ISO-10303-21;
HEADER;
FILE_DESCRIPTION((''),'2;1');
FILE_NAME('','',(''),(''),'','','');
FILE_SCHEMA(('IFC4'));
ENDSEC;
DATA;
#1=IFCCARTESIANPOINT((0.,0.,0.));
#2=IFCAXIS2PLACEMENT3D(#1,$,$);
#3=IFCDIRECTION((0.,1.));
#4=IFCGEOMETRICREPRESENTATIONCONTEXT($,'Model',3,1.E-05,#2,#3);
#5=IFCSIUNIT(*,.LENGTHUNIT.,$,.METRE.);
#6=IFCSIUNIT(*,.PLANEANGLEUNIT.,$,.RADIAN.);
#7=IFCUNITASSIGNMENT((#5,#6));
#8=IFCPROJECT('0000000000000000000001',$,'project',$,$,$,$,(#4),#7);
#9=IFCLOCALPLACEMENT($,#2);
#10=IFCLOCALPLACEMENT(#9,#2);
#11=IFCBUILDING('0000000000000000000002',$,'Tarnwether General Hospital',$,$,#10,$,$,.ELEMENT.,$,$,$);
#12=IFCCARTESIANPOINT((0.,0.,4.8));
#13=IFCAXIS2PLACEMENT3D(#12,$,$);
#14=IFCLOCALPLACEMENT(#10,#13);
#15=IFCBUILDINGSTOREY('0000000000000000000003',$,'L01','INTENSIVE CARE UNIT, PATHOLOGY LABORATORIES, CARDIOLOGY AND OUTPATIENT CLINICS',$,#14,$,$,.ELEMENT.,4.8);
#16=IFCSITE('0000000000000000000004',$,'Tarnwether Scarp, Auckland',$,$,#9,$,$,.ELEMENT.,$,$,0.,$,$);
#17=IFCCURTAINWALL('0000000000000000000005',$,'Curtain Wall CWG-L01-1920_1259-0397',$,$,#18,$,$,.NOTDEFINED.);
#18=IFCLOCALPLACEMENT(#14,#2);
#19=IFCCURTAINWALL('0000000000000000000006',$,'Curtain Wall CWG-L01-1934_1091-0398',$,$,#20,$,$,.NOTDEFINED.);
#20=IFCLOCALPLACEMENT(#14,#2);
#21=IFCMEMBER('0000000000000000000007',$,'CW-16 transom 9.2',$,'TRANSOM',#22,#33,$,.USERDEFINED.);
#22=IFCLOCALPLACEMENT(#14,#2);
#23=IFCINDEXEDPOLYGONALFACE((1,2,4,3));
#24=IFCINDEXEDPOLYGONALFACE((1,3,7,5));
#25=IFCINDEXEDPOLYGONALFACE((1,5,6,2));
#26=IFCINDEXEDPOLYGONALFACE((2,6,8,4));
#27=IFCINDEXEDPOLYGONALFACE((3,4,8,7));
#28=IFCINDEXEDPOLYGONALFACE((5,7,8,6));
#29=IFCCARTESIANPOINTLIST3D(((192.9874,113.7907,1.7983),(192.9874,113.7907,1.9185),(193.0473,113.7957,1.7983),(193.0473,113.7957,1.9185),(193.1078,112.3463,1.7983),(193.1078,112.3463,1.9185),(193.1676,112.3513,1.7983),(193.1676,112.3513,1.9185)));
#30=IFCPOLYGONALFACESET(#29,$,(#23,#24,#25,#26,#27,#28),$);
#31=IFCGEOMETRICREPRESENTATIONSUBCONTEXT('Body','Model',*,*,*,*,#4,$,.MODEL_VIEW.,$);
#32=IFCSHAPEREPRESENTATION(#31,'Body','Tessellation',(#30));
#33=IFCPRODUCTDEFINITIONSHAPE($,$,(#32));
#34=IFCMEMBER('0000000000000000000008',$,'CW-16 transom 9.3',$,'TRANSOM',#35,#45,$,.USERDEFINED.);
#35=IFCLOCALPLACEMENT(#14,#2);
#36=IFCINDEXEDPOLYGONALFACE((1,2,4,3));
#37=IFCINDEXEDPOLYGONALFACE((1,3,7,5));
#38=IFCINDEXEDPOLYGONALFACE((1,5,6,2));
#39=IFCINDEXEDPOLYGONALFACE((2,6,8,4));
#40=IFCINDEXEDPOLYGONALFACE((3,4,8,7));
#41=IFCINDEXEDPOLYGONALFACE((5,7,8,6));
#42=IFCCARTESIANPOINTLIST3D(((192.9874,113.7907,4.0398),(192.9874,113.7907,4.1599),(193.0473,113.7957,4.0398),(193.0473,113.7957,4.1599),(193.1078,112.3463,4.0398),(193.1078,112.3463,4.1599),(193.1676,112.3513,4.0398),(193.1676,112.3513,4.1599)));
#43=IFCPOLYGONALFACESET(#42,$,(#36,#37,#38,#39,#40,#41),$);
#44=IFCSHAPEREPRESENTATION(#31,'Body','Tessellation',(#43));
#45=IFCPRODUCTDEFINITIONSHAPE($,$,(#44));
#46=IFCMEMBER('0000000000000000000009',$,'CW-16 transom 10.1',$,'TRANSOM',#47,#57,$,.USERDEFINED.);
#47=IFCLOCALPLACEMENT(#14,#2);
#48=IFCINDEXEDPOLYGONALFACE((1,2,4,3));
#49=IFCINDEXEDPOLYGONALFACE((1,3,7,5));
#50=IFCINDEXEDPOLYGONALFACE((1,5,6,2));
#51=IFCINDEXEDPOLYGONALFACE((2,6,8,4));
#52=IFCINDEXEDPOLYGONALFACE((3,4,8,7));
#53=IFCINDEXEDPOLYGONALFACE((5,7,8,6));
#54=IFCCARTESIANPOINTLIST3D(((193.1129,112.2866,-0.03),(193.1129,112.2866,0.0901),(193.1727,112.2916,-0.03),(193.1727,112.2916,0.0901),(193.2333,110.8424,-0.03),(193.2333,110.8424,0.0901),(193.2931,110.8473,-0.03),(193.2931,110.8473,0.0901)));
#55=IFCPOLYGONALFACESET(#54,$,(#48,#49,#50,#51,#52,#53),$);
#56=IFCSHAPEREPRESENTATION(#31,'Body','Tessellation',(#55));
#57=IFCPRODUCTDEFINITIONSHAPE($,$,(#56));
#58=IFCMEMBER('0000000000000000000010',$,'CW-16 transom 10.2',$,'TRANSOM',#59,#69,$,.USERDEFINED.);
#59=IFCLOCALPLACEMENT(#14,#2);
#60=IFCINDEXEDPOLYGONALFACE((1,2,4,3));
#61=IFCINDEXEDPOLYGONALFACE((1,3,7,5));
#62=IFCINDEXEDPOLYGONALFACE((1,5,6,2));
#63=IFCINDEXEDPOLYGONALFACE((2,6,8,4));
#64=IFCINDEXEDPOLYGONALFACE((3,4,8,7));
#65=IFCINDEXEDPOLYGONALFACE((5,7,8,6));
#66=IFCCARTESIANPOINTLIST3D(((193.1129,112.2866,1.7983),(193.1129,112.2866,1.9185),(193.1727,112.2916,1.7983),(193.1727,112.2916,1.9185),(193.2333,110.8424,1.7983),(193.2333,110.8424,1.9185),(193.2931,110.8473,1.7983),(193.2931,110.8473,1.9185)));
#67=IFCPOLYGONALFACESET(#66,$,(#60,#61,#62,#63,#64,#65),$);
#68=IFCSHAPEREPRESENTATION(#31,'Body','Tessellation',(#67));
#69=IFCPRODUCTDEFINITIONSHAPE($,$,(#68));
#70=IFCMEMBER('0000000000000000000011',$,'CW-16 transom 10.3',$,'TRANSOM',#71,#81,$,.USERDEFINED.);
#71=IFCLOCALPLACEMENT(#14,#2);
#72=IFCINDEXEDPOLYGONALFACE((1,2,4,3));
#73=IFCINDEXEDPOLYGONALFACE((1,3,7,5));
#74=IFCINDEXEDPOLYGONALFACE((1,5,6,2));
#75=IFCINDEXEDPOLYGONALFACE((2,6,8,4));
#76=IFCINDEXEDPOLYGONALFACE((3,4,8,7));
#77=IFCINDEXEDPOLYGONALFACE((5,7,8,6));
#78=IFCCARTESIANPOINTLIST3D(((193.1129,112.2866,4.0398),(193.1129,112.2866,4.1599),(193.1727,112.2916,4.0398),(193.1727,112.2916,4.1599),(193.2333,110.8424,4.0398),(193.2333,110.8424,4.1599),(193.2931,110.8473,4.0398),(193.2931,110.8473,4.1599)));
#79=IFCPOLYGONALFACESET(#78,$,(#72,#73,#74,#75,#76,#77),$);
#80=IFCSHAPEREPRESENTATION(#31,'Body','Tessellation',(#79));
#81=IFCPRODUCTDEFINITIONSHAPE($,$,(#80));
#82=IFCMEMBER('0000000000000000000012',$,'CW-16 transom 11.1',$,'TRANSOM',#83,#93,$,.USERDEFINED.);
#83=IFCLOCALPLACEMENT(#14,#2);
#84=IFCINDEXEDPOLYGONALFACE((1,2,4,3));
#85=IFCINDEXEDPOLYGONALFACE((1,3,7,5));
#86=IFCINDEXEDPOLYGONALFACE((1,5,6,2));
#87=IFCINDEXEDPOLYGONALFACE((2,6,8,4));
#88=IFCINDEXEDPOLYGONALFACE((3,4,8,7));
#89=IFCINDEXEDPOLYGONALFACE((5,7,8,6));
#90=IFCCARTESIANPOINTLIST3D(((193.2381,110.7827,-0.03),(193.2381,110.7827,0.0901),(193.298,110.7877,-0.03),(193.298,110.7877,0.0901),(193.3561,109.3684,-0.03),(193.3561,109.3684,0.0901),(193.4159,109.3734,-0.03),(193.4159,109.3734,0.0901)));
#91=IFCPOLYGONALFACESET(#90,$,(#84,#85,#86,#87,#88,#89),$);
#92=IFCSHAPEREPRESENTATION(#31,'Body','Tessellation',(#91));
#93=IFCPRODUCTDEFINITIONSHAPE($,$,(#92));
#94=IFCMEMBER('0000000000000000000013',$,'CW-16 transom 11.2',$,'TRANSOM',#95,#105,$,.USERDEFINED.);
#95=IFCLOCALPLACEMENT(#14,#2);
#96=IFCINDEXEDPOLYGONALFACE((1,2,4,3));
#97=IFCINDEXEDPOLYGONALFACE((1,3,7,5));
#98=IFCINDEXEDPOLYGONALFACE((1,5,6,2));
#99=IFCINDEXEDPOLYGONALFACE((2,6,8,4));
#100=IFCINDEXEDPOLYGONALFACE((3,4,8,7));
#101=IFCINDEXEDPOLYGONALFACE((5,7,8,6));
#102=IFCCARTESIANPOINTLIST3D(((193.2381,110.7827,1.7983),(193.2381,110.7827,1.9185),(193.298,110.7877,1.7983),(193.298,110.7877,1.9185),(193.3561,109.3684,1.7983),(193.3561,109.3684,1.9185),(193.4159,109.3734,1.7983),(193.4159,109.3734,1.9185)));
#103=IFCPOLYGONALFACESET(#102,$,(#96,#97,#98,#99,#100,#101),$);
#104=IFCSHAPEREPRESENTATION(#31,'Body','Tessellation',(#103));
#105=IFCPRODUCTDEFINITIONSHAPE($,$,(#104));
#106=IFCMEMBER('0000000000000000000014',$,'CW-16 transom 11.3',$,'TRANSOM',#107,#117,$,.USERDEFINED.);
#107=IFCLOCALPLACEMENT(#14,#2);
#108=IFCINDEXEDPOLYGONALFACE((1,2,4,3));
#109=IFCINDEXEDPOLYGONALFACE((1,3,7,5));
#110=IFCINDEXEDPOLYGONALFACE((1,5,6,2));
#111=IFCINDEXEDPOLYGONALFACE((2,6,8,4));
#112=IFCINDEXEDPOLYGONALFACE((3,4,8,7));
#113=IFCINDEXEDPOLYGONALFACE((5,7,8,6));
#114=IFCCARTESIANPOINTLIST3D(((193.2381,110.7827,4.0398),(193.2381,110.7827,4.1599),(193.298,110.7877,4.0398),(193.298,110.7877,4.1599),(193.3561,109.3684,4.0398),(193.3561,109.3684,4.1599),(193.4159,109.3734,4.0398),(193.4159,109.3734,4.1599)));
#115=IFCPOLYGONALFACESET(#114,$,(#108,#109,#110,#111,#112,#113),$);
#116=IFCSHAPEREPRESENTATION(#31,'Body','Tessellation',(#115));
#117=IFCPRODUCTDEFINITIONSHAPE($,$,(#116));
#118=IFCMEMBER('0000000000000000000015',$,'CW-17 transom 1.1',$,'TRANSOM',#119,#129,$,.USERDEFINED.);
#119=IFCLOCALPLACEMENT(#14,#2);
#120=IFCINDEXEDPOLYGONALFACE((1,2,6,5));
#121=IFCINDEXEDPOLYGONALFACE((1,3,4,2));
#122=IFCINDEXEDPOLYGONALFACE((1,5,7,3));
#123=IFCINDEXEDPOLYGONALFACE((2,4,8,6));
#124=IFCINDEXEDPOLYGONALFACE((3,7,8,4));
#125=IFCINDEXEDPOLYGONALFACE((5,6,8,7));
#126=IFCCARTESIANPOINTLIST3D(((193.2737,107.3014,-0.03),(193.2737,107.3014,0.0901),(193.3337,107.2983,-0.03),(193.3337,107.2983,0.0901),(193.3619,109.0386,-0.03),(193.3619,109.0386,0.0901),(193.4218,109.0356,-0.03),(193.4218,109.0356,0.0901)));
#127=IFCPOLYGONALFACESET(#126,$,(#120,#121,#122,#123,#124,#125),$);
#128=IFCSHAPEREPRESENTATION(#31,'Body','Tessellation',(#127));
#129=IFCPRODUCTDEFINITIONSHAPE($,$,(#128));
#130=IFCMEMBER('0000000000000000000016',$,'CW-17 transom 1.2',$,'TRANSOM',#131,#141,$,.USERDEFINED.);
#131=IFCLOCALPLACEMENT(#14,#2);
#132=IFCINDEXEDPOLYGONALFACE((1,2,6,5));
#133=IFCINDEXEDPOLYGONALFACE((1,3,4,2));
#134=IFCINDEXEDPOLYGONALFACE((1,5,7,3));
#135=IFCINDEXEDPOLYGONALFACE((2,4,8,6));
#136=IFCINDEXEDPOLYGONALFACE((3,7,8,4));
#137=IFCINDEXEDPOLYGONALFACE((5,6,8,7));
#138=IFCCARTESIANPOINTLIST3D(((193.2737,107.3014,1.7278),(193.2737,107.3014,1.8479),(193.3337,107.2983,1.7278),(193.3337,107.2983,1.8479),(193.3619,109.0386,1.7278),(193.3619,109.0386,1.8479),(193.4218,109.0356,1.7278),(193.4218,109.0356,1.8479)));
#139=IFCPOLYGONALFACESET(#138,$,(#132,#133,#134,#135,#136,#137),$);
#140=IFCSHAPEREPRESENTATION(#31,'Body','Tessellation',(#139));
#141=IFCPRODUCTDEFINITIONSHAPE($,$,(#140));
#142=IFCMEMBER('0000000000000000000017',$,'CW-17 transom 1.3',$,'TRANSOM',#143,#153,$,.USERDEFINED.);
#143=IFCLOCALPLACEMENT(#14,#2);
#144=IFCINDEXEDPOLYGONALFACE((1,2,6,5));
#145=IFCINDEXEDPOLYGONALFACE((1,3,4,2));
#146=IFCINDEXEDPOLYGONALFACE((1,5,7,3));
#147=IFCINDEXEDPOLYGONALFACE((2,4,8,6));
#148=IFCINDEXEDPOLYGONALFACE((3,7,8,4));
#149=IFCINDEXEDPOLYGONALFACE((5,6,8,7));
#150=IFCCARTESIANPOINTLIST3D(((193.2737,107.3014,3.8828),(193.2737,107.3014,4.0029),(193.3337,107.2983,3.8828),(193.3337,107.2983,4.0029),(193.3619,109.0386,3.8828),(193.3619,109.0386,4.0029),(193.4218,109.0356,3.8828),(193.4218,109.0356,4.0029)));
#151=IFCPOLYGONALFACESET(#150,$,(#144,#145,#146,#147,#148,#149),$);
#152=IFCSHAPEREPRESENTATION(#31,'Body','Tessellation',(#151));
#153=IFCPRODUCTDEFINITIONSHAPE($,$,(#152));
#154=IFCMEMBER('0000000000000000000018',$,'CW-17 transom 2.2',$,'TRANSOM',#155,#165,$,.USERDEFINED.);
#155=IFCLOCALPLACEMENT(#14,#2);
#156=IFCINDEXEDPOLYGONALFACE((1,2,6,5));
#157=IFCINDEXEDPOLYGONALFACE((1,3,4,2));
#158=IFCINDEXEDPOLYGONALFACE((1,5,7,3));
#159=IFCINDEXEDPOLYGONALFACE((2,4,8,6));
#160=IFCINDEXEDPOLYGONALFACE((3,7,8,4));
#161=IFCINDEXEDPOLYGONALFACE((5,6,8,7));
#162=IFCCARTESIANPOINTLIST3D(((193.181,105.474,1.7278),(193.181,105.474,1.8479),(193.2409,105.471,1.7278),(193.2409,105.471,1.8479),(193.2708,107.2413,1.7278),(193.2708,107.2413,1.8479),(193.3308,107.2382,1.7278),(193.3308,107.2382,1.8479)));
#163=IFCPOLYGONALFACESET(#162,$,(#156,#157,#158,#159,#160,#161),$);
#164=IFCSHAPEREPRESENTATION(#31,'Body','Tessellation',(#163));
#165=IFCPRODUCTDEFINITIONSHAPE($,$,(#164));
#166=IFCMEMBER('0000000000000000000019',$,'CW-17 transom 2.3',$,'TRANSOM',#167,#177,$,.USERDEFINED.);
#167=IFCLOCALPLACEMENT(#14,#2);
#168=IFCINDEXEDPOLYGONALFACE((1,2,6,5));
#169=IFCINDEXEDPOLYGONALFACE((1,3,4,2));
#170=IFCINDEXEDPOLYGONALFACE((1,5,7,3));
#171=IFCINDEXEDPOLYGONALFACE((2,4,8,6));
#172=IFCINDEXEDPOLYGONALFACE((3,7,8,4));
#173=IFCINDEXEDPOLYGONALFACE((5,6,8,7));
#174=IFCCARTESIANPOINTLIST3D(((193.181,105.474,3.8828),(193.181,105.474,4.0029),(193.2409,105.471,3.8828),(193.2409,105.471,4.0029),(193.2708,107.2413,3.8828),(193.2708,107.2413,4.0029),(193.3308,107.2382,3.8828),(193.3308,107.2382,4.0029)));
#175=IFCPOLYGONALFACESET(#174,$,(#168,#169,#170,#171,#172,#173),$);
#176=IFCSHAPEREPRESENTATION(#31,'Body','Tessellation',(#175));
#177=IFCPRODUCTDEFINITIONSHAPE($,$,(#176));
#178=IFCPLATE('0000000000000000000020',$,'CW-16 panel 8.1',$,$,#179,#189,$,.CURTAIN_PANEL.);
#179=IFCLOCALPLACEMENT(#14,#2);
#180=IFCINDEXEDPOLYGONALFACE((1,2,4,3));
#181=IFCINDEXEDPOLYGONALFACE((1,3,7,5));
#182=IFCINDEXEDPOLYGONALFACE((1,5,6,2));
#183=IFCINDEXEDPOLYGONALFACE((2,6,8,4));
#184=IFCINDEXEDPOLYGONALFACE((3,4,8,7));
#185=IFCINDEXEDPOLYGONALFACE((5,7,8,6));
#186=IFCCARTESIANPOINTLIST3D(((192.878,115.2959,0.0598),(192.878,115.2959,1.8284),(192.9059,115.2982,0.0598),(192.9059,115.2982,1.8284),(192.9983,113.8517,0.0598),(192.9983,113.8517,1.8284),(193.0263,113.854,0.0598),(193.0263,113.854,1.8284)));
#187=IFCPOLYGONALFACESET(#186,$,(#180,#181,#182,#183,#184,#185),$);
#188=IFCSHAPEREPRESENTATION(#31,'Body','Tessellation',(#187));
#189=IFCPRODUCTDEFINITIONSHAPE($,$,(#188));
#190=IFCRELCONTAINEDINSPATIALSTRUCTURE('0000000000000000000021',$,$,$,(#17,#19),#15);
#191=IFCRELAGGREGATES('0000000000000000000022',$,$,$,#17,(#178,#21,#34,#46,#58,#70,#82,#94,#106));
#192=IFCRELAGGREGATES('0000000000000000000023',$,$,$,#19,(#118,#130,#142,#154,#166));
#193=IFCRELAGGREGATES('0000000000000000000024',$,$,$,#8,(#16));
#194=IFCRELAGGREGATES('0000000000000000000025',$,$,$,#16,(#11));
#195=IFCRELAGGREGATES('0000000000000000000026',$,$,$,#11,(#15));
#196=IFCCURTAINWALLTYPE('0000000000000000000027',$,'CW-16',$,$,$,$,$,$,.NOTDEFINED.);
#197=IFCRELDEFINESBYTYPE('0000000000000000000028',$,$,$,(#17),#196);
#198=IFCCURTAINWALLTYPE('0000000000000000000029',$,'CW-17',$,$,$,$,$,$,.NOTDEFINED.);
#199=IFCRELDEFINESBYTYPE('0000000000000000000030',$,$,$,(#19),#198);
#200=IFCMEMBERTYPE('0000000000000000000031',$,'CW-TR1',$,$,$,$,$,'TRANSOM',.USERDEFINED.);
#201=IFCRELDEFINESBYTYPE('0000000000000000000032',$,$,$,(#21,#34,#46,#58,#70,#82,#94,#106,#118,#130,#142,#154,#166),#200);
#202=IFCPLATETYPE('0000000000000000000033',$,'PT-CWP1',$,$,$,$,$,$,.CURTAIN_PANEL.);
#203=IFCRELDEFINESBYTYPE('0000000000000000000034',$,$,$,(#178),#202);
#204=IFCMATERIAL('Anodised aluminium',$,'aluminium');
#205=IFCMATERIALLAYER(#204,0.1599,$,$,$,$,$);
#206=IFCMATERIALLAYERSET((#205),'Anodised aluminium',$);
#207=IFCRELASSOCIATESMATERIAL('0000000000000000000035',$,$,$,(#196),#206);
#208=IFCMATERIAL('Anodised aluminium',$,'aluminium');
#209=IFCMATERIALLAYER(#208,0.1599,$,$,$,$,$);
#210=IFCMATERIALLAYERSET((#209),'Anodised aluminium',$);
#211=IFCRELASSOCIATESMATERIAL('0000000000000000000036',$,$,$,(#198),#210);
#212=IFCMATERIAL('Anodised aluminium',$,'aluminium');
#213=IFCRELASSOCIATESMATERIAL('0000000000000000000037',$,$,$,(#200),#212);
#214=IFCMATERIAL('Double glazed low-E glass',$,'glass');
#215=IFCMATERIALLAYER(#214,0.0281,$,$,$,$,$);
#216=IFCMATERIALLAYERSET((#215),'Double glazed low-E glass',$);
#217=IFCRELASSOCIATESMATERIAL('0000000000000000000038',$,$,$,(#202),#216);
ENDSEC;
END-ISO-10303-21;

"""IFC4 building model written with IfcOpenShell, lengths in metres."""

from ifc_helpers import new_model, si_unit, direction, frame, origin, origin_2d, place, context, subcontext, project, spatial, rectangle, extrude, material, layer, layer_set, material_profile, profile_set, type_object, element, aggregate, save


model = new_model("IFC4")

# Units and contexts
model_context = context("Model", 3, precision=1e-05, world=origin(), true_north=direction((0.0, 1.0)))
body_context = subcontext(model_context, "Body", "Model", "MODEL_VIEW")
ifc_project = project(units=[si_unit("LENGTHUNIT", "METRE"), si_unit("PLANEANGLEUNIT", "RADIAN")], contexts=[model_context])

# Site, building, storey
site_placement = place(None, origin())
site = spatial("IfcSite", under=ifc_project, at=site_placement, Name="Tarnwether Scarp, Auckland", CompositionType="ELEMENT", RefElevation=0.0)
building_placement = place(site_placement, origin())
building = spatial("IfcBuilding", under=site, at=building_placement, Name="Tarnwether General Hospital", CompositionType="ELEMENT")
storey_placement = place(building_placement, frame((0.0, 0.0, 4.8)))
storey = spatial("IfcBuildingStorey", under=building, at=storey_placement, Name="L01", Description="INTENSIVE CARE UNIT, PATHOLOGY LABORATORIES, CARDIOLOGY AND OUTPATIENT CLINICS", CompositionType="ELEMENT", Elevation=4.8)

# Curtain walls
ifc_material_1 = material(Name="Anodised aluminium", Category="aluminium")
ifc_layer_1 = layer(ifc_material_1, 0.1599)
ifc_layer_set_1 = layer_set([ifc_layer_1], Name="Anodised aluminium")
curtain_wall_type_1 = type_object("IfcCurtainWallType", Name="CW-16", PredefinedType="NOTDEFINED", material=ifc_layer_set_1)
curtain_wall_1_placement = place(storey_placement, origin())
curtain_wall_1 = element("IfcCurtainWall", 1, at=curtain_wall_1_placement, inside=storey, type_object=curtain_wall_type_1, Name="Curtain Wall CWG-L01-1920_1259-0397", PredefinedType="NOTDEFINED")
ifc_material_2 = material(Name="Anodised aluminium", Category="aluminium")
ifc_layer_2 = layer(ifc_material_2, 0.1599)
ifc_layer_set_2 = layer_set([ifc_layer_2], Name="Anodised aluminium")
curtain_wall_type_2 = type_object("IfcCurtainWallType", Name="CW-17", PredefinedType="NOTDEFINED", material=ifc_layer_set_2)
curtain_wall_2_placement = place(storey_placement, origin())
curtain_wall_2 = element("IfcCurtainWall", 2, at=curtain_wall_2_placement, inside=storey, type_object=curtain_wall_type_2, Name="Curtain Wall CWG-L01-1934_1091-0398", PredefinedType="NOTDEFINED")

# Members
ifc_material_3 = material(Name="Anodised aluminium", Category="aluminium")
ifc_material_profile_1 = material_profile(ifc_material_3, rectangle(XDim=0.0601, YDim=0.1201, at=origin_2d()), Name="ALU-TRN-60x120")
ifc_profile_set_1 = profile_set([ifc_material_profile_1], Name="Anodised aluminium")
member_type_1 = type_object("IfcMemberType", Name="CW-TR1", ElementType="TRANSOM", PredefinedType="USERDEFINED", material=ifc_profile_set_1)
member_1_placement = place(storey_placement, frame((193.0173, 113.7932, 1.8584), z_axis=(0.083045, -0.996546, 0.0), x_axis=(0.996546, 0.083045, 0.0)))
member_1 = element("IfcMember", 3, at=member_1_placement, type_object=member_type_1, Name="CW-16 transom 9.2", ObjectType="TRANSOM", PredefinedType="USERDEFINED", context=body_context, shape_type="SweptSolid", body=[
    extrude(rectangle(XDim=0.0601, YDim=0.1201, at=origin_2d()), origin(), (0.0, 0.0, 1.0), 1.4495),
])
member_2_placement = place(storey_placement, frame((193.0173, 113.7932, 4.0999), z_axis=(0.083045, -0.996546, 0.0), x_axis=(0.996546, 0.083045, 0.0)))
member_2 = element("IfcMember", 4, at=member_2_placement, type_object=member_type_1, Name="CW-16 transom 9.3", ObjectType="TRANSOM", PredefinedType="USERDEFINED", context=body_context, shape_type="SweptSolid", body=[
    extrude(rectangle(XDim=0.0601, YDim=0.1201, at=origin_2d()), origin(), (0.0, 0.0, 1.0), 1.4495),
])
member_3_placement = place(storey_placement, frame((193.1428, 112.2891, 0.03), z_axis=(0.083059, -0.996545, 0.0), x_axis=(0.996545, 0.083059, 0.0)))
member_3 = element("IfcMember", 5, at=member_3_placement, type_object=member_type_1, Name="CW-16 transom 10.1", ObjectType="TRANSOM", PredefinedType="USERDEFINED", context=body_context, shape_type="SweptSolid", body=[
    extrude(rectangle(XDim=0.0601, YDim=0.1201, at=origin_2d()), origin(), (0.0, 0.0, 1.0), 1.4492),
])
member_4_placement = place(storey_placement, frame((193.1428, 112.2891, 1.8584), z_axis=(0.083059, -0.996545, 0.0), x_axis=(0.996545, 0.083059, 0.0)))
member_4 = element("IfcMember", 6, at=member_4_placement, type_object=member_type_1, Name="CW-16 transom 10.2", ObjectType="TRANSOM", PredefinedType="USERDEFINED", context=body_context, shape_type="SweptSolid", body=[
    extrude(rectangle(XDim=0.0601, YDim=0.1201, at=origin_2d()), origin(), (0.0, 0.0, 1.0), 1.4492),
])
member_5_placement = place(storey_placement, frame((193.1428, 112.2891, 4.0999), z_axis=(0.083059, -0.996545, 0.0), x_axis=(0.996545, 0.083059, 0.0)))
member_5 = element("IfcMember", 7, at=member_5_placement, type_object=member_type_1, Name="CW-16 transom 10.3", ObjectType="TRANSOM", PredefinedType="USERDEFINED", context=body_context, shape_type="SweptSolid", body=[
    extrude(rectangle(XDim=0.0601, YDim=0.1201, at=origin_2d()), origin(), (0.0, 0.0, 1.0), 1.4492),
])
member_6_placement = place(storey_placement, frame((193.2681, 110.7852, 0.03), z_axis=(0.083088, -0.996542, 0.0), x_axis=(0.996542, 0.083088, 0.0)))
member_6 = element("IfcMember", 8, at=member_6_placement, type_object=member_type_1, Name="CW-16 transom 11.1", ObjectType="TRANSOM", PredefinedType="USERDEFINED", context=body_context, shape_type="SweptSolid", body=[
    extrude(rectangle(XDim=0.0601, YDim=0.1201, at=origin_2d()), origin(), (0.0, 0.0, 1.0), 1.4192),
])
member_7_placement = place(storey_placement, frame((193.2681, 110.7852, 1.8584), z_axis=(0.083088, -0.996542, 0.0), x_axis=(0.996542, 0.083088, 0.0)))
member_7 = element("IfcMember", 9, at=member_7_placement, type_object=member_type_1, Name="CW-16 transom 11.2", ObjectType="TRANSOM", PredefinedType="USERDEFINED", context=body_context, shape_type="SweptSolid", body=[
    extrude(rectangle(XDim=0.0601, YDim=0.1201, at=origin_2d()), origin(), (0.0, 0.0, 1.0), 1.4192),
])
member_8_placement = place(storey_placement, frame((193.2681, 110.7852, 4.0999), z_axis=(0.083088, -0.996542, 0.0), x_axis=(0.996542, 0.083088, 0.0)))
member_8 = element("IfcMember", 10, at=member_8_placement, type_object=member_type_1, Name="CW-16 transom 11.3", ObjectType="TRANSOM", PredefinedType="USERDEFINED", context=body_context, shape_type="SweptSolid", body=[
    extrude(rectangle(XDim=0.0601, YDim=0.1201, at=origin_2d()), origin(), (0.0, 0.0, 1.0), 1.4192),
])
member_9_placement = place(storey_placement, frame((193.3918, 109.0371, 0.03), z_axis=(-0.050666, -0.998716, 0.0), x_axis=(0.998716, -0.050666, 0.0)))
member_9 = element("IfcMember", 11, at=member_9_placement, type_object=member_type_1, Name="CW-17 transom 1.1", ObjectType="TRANSOM", PredefinedType="USERDEFINED", context=body_context, shape_type="SweptSolid", body=[
    extrude(rectangle(XDim=0.0601, YDim=0.1201, at=origin_2d()), origin(), (0.0, 0.0, 1.0), 1.7395),
])
member_10_placement = place(storey_placement, frame((193.3918, 109.0371, 1.7878), z_axis=(-0.050666, -0.998716, 0.0), x_axis=(0.998716, -0.050666, 0.0)))
member_10 = element("IfcMember", 12, at=member_10_placement, type_object=member_type_1, Name="CW-17 transom 1.2", ObjectType="TRANSOM", PredefinedType="USERDEFINED", context=body_context, shape_type="SweptSolid", body=[
    extrude(rectangle(XDim=0.0601, YDim=0.1201, at=origin_2d()), origin(), (0.0, 0.0, 1.0), 1.7395),
])
member_11_placement = place(storey_placement, frame((193.3918, 109.0371, 3.9429), z_axis=(-0.050666, -0.998716, 0.0), x_axis=(0.998716, -0.050666, 0.0)))
member_11 = element("IfcMember", 13, at=member_11_placement, type_object=member_type_1, Name="CW-17 transom 1.3", ObjectType="TRANSOM", PredefinedType="USERDEFINED", context=body_context, shape_type="SweptSolid", body=[
    extrude(rectangle(XDim=0.0601, YDim=0.1201, at=origin_2d()), origin(), (0.0, 0.0, 1.0), 1.7395),
])
member_12_placement = place(storey_placement, frame((193.3008, 107.2397, 1.7878), z_axis=(-0.05077, -0.99871, 0.0), x_axis=(0.99871, -0.05077, 0.0)))
member_12 = element("IfcMember", 14, at=member_12_placement, type_object=member_type_1, Name="CW-17 transom 2.2", ObjectType="TRANSOM", PredefinedType="USERDEFINED", context=body_context, shape_type="SweptSolid", body=[
    extrude(rectangle(XDim=0.0601, YDim=0.1201, at=origin_2d()), origin(), (0.0, 0.0, 1.0), 1.7695),
])
member_13_placement = place(storey_placement, frame((193.3008, 107.2397, 3.9429), z_axis=(-0.05077, -0.99871, 0.0), x_axis=(0.99871, -0.05077, 0.0)))
member_13 = element("IfcMember", 15, at=member_13_placement, type_object=member_type_1, Name="CW-17 transom 2.3", ObjectType="TRANSOM", PredefinedType="USERDEFINED", context=body_context, shape_type="SweptSolid", body=[
    extrude(rectangle(XDim=0.0601, YDim=0.1201, at=origin_2d()), origin(), (0.0, 0.0, 1.0), 1.7695),
])

# Plate
ifc_material_4 = material(Name="Double glazed low-E glass", Category="glass")
ifc_layer_3 = layer(ifc_material_4, 0.0281)
ifc_layer_set_3 = layer_set([ifc_layer_3], Name="Double glazed low-E glass")
plate_type_1 = type_object("IfcPlateType", Name="PT-CWP1", PredefinedType="CURTAIN_PANEL", material=ifc_layer_set_3)
plate_1_placement = place(storey_placement, frame((192.9521, 114.575, 0.0598), z_axis=(0.0, 0.0, 1.0), x_axis=(0.083065, -0.996544, 0.0)))
plate_1 = element("IfcPlate", 16, at=plate_1_placement, type_object=plate_type_1, Name="CW-16 panel 8.1", PredefinedType="CURTAIN_PANEL", context=body_context, shape_type="SweptSolid", body=[
    extrude(rectangle(XDim=1.4492, YDim=0.0281, at=origin_2d()), origin(), (0.0, 0.0, 1.0), 1.7686),
])
aggregate(curtain_wall_1, [plate_1, member_1, member_2, member_3, member_4, member_5, member_6, member_7, member_8])
aggregate(curtain_wall_2, [member_9, member_10, member_11, member_12, member_13])

save(model, "model.ifc")
